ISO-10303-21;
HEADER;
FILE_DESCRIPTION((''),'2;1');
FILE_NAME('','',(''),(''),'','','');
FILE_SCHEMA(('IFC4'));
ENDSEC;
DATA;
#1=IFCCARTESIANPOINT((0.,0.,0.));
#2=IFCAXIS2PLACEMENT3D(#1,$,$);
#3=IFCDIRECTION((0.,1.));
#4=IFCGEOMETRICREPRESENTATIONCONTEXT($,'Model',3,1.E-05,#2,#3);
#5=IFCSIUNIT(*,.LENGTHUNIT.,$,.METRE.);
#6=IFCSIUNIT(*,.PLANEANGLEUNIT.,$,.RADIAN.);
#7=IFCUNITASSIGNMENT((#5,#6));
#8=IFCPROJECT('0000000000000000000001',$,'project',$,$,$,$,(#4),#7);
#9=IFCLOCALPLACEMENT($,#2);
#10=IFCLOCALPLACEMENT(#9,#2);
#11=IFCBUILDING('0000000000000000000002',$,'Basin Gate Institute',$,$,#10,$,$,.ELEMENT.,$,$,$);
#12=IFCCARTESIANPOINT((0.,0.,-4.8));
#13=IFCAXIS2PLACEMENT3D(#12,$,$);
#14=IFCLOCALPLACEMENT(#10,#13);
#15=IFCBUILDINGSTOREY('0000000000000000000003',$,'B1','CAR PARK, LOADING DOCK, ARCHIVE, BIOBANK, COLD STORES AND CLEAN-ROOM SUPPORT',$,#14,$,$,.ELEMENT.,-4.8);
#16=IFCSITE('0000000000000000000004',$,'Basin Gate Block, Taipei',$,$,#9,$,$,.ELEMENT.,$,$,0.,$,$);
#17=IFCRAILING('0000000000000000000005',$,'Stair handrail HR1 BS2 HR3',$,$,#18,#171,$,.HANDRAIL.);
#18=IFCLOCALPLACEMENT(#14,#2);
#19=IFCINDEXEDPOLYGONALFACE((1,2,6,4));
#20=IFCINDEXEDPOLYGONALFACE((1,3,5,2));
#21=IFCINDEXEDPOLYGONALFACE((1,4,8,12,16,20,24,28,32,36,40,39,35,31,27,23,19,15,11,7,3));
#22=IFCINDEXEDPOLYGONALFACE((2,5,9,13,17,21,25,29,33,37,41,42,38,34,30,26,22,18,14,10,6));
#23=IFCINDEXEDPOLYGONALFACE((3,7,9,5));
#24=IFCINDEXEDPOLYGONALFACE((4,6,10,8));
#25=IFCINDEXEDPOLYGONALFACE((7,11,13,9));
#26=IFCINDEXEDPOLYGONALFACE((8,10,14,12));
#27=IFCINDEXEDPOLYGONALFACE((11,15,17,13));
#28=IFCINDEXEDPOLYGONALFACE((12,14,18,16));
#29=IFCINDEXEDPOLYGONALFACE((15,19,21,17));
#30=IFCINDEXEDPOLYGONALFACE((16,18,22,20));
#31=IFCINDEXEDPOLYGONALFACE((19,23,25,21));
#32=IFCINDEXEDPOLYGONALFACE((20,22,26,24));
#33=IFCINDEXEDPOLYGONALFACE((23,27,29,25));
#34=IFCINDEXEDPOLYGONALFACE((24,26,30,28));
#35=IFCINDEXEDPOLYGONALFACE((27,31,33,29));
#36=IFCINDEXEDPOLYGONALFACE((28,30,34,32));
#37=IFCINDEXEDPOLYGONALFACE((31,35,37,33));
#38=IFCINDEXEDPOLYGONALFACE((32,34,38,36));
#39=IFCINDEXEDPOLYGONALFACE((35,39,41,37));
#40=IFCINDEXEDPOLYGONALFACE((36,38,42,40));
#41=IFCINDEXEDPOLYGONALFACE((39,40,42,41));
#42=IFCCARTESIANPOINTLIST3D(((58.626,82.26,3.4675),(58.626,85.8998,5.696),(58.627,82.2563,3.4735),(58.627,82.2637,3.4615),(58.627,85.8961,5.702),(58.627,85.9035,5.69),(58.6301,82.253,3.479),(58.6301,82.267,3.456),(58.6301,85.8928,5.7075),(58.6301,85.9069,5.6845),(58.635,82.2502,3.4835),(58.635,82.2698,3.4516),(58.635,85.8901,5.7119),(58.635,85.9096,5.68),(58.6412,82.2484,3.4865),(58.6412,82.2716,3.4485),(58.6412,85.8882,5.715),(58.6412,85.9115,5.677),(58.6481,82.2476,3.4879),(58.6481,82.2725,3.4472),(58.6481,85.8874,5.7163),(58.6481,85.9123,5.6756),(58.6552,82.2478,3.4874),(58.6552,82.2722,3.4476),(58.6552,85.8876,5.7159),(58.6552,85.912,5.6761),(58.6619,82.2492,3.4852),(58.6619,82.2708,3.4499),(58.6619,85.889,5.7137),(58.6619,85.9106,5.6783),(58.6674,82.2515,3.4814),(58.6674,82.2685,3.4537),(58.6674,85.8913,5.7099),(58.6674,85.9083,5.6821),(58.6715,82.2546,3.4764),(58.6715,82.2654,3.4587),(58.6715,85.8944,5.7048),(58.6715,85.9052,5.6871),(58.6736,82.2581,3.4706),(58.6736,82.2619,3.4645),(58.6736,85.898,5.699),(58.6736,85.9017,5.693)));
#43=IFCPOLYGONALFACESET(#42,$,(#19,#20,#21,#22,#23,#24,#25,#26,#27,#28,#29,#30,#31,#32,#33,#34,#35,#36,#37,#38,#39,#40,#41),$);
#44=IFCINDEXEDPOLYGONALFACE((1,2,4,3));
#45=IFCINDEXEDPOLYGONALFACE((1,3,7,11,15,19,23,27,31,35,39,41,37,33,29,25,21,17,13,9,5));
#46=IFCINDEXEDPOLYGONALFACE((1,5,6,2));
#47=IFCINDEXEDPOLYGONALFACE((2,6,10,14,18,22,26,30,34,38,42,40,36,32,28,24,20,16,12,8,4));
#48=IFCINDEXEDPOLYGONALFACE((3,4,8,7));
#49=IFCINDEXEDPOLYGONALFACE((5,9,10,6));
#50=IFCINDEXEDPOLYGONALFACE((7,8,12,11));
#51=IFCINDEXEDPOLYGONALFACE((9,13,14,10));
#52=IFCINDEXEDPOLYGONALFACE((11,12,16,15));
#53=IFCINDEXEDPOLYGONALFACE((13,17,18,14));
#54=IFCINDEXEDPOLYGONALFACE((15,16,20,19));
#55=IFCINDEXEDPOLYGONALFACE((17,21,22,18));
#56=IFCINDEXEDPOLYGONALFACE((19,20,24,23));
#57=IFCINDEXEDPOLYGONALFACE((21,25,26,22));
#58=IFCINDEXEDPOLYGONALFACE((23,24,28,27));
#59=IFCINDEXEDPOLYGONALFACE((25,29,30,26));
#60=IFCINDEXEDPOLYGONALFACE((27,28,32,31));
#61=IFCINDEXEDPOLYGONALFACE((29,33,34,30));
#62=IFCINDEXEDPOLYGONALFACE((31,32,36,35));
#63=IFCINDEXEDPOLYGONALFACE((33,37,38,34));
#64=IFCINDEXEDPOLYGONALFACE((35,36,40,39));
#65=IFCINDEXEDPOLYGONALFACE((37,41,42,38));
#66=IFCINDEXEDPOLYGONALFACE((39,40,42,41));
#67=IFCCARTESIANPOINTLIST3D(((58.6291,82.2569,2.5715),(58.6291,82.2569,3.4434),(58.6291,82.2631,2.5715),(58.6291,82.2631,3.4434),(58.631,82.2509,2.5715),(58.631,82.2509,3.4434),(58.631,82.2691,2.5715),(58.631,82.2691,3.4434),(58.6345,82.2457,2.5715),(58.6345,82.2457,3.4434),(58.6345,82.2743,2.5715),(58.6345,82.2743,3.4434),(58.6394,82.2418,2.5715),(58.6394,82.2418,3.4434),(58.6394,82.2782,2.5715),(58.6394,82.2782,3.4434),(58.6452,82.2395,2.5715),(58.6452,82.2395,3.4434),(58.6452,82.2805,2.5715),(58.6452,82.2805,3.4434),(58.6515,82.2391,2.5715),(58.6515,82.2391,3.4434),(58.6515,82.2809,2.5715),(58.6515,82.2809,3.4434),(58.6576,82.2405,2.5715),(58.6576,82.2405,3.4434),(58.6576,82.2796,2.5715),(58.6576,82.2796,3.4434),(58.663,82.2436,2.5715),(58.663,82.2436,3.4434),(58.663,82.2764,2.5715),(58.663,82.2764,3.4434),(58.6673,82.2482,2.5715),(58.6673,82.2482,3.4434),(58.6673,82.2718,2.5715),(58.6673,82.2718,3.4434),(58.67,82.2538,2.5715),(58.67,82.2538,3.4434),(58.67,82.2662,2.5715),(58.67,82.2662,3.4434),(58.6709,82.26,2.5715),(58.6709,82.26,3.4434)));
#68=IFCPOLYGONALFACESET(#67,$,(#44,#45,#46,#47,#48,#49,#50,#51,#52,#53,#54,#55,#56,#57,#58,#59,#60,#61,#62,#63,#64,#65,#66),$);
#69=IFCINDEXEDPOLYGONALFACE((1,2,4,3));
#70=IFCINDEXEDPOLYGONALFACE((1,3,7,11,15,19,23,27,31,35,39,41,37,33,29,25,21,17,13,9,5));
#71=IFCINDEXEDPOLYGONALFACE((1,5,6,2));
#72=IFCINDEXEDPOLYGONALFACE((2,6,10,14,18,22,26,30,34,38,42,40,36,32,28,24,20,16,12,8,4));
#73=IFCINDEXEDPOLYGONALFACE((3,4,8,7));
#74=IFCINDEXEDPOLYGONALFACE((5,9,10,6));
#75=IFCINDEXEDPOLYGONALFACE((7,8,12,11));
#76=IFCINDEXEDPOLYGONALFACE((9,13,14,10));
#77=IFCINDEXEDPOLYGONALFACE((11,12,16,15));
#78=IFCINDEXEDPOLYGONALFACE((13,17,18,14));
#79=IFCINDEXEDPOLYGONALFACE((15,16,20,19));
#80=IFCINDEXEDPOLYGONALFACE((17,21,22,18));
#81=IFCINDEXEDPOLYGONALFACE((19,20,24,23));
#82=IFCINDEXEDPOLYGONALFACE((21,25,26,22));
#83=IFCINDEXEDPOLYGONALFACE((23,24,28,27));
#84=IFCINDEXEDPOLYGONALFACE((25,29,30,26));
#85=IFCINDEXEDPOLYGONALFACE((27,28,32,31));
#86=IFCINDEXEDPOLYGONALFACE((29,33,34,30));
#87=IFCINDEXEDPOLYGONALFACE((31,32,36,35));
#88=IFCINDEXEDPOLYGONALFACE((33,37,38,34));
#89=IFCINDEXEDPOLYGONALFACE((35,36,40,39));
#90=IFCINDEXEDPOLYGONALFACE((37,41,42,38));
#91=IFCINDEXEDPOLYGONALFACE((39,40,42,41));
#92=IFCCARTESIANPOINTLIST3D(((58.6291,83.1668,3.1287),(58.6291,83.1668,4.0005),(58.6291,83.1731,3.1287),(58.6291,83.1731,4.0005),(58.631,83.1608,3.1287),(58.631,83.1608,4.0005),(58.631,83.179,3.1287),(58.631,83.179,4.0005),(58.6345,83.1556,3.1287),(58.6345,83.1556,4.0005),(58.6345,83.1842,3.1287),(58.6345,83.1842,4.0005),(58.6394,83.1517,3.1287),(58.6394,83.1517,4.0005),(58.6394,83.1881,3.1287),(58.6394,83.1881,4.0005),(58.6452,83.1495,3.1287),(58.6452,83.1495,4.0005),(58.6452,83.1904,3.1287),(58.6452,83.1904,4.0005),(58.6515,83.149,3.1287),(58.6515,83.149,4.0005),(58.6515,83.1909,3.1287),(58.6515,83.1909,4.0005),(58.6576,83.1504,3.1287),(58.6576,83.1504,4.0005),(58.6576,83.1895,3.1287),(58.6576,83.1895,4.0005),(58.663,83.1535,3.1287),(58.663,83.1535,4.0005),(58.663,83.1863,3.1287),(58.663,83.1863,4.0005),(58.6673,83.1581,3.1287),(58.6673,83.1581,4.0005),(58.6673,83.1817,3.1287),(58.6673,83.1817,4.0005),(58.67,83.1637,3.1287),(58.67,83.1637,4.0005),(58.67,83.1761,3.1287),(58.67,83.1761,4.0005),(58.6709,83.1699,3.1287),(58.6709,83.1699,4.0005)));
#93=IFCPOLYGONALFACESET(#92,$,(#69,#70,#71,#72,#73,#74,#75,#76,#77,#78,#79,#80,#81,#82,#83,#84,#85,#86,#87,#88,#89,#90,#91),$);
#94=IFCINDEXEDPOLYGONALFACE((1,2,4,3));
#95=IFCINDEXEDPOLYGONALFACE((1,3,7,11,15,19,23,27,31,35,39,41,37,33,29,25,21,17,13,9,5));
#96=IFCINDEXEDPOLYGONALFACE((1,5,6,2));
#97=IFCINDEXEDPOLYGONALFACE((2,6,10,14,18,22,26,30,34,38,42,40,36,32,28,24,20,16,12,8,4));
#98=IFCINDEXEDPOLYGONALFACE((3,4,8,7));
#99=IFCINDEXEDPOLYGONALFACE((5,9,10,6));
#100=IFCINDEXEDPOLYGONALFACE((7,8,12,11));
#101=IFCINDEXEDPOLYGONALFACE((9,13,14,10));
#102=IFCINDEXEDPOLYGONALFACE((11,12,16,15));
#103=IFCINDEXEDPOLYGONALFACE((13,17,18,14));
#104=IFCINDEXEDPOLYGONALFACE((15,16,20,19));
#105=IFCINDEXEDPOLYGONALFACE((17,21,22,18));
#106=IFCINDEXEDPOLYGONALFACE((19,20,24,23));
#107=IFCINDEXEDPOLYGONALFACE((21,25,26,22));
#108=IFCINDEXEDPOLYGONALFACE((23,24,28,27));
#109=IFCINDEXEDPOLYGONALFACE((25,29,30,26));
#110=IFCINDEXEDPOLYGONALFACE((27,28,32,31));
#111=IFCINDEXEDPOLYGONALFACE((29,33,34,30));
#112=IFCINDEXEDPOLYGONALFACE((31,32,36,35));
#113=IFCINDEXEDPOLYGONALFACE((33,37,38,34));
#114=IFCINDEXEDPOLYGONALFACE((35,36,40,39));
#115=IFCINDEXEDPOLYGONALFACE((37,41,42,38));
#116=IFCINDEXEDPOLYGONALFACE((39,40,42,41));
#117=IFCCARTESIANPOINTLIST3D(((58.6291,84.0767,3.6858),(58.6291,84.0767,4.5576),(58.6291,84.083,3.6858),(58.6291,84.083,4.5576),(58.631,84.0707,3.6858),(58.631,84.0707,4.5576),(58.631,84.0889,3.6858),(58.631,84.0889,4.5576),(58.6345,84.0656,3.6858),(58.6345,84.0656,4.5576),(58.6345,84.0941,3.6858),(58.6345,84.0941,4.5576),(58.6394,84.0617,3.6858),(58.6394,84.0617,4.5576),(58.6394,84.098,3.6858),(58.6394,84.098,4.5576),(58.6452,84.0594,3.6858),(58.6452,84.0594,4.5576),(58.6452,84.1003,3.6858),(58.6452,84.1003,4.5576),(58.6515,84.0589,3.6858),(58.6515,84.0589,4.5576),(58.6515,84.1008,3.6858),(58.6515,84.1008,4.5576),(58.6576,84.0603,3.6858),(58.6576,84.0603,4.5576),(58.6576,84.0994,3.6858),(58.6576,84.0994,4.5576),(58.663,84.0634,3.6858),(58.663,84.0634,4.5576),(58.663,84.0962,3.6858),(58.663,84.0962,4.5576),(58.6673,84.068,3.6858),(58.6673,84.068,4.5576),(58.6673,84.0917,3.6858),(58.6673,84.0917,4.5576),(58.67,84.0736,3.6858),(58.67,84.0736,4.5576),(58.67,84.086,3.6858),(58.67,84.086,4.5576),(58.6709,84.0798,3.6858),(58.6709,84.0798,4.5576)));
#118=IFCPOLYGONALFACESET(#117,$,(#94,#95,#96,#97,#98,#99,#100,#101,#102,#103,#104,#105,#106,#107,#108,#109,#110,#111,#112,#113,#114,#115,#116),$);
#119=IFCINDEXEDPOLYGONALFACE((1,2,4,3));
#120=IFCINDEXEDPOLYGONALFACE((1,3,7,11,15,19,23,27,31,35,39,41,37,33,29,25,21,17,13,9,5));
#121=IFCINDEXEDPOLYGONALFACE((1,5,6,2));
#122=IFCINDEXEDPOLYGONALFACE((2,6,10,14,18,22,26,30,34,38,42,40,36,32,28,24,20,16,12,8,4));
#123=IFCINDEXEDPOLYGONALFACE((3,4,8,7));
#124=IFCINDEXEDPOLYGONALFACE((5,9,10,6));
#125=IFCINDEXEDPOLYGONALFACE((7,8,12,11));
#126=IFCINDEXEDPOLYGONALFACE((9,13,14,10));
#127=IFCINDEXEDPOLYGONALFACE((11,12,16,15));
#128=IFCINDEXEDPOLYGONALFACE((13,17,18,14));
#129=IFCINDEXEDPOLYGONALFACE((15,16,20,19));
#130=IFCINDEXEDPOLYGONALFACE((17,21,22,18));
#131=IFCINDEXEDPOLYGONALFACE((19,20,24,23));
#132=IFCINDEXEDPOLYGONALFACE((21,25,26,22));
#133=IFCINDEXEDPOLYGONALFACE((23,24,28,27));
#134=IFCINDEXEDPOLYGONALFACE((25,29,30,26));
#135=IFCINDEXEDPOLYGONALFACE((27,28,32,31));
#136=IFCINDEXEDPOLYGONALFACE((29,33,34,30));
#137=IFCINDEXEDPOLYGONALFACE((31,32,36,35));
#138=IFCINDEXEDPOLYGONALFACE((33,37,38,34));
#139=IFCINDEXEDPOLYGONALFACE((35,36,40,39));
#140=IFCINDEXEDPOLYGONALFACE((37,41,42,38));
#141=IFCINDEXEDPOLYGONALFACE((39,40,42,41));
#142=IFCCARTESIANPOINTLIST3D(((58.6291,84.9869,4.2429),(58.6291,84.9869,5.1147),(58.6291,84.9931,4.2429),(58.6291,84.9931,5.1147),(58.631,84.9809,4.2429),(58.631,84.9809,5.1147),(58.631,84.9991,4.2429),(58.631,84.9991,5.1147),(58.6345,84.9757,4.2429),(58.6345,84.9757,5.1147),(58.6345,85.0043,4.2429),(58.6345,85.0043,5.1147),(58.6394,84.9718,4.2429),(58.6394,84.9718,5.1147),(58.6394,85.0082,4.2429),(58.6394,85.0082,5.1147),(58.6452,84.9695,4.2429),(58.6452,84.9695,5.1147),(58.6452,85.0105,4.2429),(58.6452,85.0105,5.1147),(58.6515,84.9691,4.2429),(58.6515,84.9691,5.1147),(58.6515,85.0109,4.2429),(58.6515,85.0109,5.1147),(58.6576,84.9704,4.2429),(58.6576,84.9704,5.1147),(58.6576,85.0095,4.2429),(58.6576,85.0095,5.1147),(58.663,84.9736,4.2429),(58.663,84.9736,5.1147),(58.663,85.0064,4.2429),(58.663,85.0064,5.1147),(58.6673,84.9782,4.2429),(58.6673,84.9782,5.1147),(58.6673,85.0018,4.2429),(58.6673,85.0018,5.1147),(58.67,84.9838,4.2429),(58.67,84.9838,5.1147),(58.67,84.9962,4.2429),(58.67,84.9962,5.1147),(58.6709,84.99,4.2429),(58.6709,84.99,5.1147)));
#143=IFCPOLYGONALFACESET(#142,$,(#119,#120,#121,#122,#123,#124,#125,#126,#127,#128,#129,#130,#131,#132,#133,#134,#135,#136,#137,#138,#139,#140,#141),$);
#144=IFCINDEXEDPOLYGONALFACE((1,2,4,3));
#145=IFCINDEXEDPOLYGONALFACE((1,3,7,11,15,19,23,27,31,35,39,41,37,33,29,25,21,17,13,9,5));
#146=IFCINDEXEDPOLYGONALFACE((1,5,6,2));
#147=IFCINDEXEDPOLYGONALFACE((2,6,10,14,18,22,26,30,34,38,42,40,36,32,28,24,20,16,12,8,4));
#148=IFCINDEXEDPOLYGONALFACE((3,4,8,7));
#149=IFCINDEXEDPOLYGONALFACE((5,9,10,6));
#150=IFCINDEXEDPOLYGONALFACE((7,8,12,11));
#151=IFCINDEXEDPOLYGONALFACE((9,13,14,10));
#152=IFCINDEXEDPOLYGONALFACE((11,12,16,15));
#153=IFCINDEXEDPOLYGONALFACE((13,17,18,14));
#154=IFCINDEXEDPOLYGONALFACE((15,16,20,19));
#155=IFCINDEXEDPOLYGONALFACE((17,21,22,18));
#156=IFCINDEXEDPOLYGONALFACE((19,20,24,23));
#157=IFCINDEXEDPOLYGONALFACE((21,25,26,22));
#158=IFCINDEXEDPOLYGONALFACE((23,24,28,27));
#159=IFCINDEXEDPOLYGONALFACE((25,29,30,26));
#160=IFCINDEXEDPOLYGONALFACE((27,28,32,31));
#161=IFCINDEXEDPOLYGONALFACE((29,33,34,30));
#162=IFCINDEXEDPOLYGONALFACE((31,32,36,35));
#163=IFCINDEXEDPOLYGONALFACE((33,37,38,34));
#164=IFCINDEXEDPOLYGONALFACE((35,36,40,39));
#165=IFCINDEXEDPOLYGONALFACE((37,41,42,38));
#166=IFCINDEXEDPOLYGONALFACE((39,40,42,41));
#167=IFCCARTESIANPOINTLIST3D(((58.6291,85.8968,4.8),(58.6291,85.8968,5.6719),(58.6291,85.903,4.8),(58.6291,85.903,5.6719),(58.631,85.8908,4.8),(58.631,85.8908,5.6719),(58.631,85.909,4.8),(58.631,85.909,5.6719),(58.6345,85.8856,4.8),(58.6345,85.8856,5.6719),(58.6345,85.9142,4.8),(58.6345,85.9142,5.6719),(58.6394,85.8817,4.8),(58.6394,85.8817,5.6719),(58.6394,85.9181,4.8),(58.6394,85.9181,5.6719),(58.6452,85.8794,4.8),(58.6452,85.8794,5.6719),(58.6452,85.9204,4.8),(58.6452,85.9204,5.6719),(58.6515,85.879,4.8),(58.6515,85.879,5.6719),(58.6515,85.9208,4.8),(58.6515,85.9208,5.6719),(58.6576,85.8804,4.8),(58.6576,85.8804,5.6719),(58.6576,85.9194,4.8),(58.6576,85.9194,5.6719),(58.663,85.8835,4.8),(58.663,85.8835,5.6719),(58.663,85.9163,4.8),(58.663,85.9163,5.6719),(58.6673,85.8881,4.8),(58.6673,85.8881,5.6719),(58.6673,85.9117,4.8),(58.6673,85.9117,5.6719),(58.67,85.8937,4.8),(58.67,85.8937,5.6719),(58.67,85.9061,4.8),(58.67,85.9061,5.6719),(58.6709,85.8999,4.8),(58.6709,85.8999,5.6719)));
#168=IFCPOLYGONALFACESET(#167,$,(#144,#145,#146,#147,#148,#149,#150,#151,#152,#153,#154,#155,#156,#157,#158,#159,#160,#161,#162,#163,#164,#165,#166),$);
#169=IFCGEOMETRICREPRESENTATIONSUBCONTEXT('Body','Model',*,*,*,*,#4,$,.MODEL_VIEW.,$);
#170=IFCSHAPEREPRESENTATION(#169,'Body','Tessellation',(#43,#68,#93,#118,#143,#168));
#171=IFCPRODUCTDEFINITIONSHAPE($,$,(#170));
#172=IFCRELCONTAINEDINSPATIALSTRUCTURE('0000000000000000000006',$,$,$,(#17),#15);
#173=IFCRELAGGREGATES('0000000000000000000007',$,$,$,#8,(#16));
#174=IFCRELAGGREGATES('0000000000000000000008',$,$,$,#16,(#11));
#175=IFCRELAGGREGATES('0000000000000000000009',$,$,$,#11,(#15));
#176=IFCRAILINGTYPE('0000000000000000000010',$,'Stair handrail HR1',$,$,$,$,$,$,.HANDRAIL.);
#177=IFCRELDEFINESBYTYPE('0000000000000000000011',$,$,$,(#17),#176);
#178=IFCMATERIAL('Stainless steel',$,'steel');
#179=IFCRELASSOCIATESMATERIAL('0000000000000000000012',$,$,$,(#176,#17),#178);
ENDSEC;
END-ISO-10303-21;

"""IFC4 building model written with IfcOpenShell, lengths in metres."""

from ifc_helpers import new_model, si_unit, direction, frame, origin, origin_2d, place, context, subcontext, project, spatial, circle, extrude, material, type_object, element, save


model = new_model("IFC4")

# Units and contexts
model_context = context("Model", 3, precision=1e-05, world=origin(), true_north=direction((0.0, 1.0)))
body_context = subcontext(model_context, "Body", "Model", "MODEL_VIEW")
ifc_project = project(units=[si_unit("LENGTHUNIT", "METRE"), si_unit("PLANEANGLEUNIT", "RADIAN")], contexts=[model_context])

# Site, building, storey
site_placement = place(None, origin())
site = spatial("IfcSite", under=ifc_project, at=site_placement, Name="Basin Gate Block, Taipei", CompositionType="ELEMENT", RefElevation=0.0)
building_placement = place(site_placement, origin())
building = spatial("IfcBuilding", under=site, at=building_placement, Name="Basin Gate Institute", CompositionType="ELEMENT")
storey_placement = place(building_placement, frame((0.0, 0.0, -4.8)))
storey = spatial("IfcBuildingStorey", under=building, at=storey_placement, Name="B1", Description="CAR PARK, LOADING DOCK, ARCHIVE, BIOBANK, COLD STORES AND CLEAN-ROOM SUPPORT", CompositionType="ELEMENT", Elevation=-4.8)

# Railing
ifc_material_1 = material(Name="Stainless steel", Category="steel")
railing_type_1 = type_object("IfcRailingType", Name="Stair handrail HR1", PredefinedType="HANDRAIL", material=ifc_material_1)
railing_1_placement = place(storey_placement, frame((58.6499, 82.26, 2.5715)))
element("IfcRailing", 1, at=railing_1_placement, inside=storey, type_object=railing_type_1, material=ifc_material_1, Name="Stair handrail HR1 BS2 HR3", PredefinedType="HANDRAIL", context=body_context, shape_type="SweptSolid", body=[
    extrude(circle(Radius=0.0239, at=origin_2d()), frame((0.0, 0.0, 0.896), z_axis=(0.0, 0.85285, 0.522156), x_axis=(-1.0, 0.0, 0.0)), (0.0, 0.0, 1.0), 4.2678),
    extrude(circle(Radius=0.021, at=origin_2d()), origin(), (0.0, 0.0, 1.0), 0.8718),
    extrude(circle(Radius=0.021, at=origin_2d()), frame((0.0, 0.9099, 0.5571)), (0.0, 0.0, 1.0), 0.8718),
    extrude(circle(Radius=0.021, at=origin_2d()), frame((0.0, 1.8198, 1.1143)), (0.0, 0.0, 1.0), 0.8718),
    extrude(circle(Radius=0.021, at=origin_2d()), frame((0.0, 2.73, 1.6714)), (0.0, 0.0, 1.0), 0.8718),
    extrude(circle(Radius=0.021, at=origin_2d()), frame((0.0, 3.6399, 2.2285)), (0.0, 0.0, 1.0), 0.8718),
])

save(model, "model.ifc")
